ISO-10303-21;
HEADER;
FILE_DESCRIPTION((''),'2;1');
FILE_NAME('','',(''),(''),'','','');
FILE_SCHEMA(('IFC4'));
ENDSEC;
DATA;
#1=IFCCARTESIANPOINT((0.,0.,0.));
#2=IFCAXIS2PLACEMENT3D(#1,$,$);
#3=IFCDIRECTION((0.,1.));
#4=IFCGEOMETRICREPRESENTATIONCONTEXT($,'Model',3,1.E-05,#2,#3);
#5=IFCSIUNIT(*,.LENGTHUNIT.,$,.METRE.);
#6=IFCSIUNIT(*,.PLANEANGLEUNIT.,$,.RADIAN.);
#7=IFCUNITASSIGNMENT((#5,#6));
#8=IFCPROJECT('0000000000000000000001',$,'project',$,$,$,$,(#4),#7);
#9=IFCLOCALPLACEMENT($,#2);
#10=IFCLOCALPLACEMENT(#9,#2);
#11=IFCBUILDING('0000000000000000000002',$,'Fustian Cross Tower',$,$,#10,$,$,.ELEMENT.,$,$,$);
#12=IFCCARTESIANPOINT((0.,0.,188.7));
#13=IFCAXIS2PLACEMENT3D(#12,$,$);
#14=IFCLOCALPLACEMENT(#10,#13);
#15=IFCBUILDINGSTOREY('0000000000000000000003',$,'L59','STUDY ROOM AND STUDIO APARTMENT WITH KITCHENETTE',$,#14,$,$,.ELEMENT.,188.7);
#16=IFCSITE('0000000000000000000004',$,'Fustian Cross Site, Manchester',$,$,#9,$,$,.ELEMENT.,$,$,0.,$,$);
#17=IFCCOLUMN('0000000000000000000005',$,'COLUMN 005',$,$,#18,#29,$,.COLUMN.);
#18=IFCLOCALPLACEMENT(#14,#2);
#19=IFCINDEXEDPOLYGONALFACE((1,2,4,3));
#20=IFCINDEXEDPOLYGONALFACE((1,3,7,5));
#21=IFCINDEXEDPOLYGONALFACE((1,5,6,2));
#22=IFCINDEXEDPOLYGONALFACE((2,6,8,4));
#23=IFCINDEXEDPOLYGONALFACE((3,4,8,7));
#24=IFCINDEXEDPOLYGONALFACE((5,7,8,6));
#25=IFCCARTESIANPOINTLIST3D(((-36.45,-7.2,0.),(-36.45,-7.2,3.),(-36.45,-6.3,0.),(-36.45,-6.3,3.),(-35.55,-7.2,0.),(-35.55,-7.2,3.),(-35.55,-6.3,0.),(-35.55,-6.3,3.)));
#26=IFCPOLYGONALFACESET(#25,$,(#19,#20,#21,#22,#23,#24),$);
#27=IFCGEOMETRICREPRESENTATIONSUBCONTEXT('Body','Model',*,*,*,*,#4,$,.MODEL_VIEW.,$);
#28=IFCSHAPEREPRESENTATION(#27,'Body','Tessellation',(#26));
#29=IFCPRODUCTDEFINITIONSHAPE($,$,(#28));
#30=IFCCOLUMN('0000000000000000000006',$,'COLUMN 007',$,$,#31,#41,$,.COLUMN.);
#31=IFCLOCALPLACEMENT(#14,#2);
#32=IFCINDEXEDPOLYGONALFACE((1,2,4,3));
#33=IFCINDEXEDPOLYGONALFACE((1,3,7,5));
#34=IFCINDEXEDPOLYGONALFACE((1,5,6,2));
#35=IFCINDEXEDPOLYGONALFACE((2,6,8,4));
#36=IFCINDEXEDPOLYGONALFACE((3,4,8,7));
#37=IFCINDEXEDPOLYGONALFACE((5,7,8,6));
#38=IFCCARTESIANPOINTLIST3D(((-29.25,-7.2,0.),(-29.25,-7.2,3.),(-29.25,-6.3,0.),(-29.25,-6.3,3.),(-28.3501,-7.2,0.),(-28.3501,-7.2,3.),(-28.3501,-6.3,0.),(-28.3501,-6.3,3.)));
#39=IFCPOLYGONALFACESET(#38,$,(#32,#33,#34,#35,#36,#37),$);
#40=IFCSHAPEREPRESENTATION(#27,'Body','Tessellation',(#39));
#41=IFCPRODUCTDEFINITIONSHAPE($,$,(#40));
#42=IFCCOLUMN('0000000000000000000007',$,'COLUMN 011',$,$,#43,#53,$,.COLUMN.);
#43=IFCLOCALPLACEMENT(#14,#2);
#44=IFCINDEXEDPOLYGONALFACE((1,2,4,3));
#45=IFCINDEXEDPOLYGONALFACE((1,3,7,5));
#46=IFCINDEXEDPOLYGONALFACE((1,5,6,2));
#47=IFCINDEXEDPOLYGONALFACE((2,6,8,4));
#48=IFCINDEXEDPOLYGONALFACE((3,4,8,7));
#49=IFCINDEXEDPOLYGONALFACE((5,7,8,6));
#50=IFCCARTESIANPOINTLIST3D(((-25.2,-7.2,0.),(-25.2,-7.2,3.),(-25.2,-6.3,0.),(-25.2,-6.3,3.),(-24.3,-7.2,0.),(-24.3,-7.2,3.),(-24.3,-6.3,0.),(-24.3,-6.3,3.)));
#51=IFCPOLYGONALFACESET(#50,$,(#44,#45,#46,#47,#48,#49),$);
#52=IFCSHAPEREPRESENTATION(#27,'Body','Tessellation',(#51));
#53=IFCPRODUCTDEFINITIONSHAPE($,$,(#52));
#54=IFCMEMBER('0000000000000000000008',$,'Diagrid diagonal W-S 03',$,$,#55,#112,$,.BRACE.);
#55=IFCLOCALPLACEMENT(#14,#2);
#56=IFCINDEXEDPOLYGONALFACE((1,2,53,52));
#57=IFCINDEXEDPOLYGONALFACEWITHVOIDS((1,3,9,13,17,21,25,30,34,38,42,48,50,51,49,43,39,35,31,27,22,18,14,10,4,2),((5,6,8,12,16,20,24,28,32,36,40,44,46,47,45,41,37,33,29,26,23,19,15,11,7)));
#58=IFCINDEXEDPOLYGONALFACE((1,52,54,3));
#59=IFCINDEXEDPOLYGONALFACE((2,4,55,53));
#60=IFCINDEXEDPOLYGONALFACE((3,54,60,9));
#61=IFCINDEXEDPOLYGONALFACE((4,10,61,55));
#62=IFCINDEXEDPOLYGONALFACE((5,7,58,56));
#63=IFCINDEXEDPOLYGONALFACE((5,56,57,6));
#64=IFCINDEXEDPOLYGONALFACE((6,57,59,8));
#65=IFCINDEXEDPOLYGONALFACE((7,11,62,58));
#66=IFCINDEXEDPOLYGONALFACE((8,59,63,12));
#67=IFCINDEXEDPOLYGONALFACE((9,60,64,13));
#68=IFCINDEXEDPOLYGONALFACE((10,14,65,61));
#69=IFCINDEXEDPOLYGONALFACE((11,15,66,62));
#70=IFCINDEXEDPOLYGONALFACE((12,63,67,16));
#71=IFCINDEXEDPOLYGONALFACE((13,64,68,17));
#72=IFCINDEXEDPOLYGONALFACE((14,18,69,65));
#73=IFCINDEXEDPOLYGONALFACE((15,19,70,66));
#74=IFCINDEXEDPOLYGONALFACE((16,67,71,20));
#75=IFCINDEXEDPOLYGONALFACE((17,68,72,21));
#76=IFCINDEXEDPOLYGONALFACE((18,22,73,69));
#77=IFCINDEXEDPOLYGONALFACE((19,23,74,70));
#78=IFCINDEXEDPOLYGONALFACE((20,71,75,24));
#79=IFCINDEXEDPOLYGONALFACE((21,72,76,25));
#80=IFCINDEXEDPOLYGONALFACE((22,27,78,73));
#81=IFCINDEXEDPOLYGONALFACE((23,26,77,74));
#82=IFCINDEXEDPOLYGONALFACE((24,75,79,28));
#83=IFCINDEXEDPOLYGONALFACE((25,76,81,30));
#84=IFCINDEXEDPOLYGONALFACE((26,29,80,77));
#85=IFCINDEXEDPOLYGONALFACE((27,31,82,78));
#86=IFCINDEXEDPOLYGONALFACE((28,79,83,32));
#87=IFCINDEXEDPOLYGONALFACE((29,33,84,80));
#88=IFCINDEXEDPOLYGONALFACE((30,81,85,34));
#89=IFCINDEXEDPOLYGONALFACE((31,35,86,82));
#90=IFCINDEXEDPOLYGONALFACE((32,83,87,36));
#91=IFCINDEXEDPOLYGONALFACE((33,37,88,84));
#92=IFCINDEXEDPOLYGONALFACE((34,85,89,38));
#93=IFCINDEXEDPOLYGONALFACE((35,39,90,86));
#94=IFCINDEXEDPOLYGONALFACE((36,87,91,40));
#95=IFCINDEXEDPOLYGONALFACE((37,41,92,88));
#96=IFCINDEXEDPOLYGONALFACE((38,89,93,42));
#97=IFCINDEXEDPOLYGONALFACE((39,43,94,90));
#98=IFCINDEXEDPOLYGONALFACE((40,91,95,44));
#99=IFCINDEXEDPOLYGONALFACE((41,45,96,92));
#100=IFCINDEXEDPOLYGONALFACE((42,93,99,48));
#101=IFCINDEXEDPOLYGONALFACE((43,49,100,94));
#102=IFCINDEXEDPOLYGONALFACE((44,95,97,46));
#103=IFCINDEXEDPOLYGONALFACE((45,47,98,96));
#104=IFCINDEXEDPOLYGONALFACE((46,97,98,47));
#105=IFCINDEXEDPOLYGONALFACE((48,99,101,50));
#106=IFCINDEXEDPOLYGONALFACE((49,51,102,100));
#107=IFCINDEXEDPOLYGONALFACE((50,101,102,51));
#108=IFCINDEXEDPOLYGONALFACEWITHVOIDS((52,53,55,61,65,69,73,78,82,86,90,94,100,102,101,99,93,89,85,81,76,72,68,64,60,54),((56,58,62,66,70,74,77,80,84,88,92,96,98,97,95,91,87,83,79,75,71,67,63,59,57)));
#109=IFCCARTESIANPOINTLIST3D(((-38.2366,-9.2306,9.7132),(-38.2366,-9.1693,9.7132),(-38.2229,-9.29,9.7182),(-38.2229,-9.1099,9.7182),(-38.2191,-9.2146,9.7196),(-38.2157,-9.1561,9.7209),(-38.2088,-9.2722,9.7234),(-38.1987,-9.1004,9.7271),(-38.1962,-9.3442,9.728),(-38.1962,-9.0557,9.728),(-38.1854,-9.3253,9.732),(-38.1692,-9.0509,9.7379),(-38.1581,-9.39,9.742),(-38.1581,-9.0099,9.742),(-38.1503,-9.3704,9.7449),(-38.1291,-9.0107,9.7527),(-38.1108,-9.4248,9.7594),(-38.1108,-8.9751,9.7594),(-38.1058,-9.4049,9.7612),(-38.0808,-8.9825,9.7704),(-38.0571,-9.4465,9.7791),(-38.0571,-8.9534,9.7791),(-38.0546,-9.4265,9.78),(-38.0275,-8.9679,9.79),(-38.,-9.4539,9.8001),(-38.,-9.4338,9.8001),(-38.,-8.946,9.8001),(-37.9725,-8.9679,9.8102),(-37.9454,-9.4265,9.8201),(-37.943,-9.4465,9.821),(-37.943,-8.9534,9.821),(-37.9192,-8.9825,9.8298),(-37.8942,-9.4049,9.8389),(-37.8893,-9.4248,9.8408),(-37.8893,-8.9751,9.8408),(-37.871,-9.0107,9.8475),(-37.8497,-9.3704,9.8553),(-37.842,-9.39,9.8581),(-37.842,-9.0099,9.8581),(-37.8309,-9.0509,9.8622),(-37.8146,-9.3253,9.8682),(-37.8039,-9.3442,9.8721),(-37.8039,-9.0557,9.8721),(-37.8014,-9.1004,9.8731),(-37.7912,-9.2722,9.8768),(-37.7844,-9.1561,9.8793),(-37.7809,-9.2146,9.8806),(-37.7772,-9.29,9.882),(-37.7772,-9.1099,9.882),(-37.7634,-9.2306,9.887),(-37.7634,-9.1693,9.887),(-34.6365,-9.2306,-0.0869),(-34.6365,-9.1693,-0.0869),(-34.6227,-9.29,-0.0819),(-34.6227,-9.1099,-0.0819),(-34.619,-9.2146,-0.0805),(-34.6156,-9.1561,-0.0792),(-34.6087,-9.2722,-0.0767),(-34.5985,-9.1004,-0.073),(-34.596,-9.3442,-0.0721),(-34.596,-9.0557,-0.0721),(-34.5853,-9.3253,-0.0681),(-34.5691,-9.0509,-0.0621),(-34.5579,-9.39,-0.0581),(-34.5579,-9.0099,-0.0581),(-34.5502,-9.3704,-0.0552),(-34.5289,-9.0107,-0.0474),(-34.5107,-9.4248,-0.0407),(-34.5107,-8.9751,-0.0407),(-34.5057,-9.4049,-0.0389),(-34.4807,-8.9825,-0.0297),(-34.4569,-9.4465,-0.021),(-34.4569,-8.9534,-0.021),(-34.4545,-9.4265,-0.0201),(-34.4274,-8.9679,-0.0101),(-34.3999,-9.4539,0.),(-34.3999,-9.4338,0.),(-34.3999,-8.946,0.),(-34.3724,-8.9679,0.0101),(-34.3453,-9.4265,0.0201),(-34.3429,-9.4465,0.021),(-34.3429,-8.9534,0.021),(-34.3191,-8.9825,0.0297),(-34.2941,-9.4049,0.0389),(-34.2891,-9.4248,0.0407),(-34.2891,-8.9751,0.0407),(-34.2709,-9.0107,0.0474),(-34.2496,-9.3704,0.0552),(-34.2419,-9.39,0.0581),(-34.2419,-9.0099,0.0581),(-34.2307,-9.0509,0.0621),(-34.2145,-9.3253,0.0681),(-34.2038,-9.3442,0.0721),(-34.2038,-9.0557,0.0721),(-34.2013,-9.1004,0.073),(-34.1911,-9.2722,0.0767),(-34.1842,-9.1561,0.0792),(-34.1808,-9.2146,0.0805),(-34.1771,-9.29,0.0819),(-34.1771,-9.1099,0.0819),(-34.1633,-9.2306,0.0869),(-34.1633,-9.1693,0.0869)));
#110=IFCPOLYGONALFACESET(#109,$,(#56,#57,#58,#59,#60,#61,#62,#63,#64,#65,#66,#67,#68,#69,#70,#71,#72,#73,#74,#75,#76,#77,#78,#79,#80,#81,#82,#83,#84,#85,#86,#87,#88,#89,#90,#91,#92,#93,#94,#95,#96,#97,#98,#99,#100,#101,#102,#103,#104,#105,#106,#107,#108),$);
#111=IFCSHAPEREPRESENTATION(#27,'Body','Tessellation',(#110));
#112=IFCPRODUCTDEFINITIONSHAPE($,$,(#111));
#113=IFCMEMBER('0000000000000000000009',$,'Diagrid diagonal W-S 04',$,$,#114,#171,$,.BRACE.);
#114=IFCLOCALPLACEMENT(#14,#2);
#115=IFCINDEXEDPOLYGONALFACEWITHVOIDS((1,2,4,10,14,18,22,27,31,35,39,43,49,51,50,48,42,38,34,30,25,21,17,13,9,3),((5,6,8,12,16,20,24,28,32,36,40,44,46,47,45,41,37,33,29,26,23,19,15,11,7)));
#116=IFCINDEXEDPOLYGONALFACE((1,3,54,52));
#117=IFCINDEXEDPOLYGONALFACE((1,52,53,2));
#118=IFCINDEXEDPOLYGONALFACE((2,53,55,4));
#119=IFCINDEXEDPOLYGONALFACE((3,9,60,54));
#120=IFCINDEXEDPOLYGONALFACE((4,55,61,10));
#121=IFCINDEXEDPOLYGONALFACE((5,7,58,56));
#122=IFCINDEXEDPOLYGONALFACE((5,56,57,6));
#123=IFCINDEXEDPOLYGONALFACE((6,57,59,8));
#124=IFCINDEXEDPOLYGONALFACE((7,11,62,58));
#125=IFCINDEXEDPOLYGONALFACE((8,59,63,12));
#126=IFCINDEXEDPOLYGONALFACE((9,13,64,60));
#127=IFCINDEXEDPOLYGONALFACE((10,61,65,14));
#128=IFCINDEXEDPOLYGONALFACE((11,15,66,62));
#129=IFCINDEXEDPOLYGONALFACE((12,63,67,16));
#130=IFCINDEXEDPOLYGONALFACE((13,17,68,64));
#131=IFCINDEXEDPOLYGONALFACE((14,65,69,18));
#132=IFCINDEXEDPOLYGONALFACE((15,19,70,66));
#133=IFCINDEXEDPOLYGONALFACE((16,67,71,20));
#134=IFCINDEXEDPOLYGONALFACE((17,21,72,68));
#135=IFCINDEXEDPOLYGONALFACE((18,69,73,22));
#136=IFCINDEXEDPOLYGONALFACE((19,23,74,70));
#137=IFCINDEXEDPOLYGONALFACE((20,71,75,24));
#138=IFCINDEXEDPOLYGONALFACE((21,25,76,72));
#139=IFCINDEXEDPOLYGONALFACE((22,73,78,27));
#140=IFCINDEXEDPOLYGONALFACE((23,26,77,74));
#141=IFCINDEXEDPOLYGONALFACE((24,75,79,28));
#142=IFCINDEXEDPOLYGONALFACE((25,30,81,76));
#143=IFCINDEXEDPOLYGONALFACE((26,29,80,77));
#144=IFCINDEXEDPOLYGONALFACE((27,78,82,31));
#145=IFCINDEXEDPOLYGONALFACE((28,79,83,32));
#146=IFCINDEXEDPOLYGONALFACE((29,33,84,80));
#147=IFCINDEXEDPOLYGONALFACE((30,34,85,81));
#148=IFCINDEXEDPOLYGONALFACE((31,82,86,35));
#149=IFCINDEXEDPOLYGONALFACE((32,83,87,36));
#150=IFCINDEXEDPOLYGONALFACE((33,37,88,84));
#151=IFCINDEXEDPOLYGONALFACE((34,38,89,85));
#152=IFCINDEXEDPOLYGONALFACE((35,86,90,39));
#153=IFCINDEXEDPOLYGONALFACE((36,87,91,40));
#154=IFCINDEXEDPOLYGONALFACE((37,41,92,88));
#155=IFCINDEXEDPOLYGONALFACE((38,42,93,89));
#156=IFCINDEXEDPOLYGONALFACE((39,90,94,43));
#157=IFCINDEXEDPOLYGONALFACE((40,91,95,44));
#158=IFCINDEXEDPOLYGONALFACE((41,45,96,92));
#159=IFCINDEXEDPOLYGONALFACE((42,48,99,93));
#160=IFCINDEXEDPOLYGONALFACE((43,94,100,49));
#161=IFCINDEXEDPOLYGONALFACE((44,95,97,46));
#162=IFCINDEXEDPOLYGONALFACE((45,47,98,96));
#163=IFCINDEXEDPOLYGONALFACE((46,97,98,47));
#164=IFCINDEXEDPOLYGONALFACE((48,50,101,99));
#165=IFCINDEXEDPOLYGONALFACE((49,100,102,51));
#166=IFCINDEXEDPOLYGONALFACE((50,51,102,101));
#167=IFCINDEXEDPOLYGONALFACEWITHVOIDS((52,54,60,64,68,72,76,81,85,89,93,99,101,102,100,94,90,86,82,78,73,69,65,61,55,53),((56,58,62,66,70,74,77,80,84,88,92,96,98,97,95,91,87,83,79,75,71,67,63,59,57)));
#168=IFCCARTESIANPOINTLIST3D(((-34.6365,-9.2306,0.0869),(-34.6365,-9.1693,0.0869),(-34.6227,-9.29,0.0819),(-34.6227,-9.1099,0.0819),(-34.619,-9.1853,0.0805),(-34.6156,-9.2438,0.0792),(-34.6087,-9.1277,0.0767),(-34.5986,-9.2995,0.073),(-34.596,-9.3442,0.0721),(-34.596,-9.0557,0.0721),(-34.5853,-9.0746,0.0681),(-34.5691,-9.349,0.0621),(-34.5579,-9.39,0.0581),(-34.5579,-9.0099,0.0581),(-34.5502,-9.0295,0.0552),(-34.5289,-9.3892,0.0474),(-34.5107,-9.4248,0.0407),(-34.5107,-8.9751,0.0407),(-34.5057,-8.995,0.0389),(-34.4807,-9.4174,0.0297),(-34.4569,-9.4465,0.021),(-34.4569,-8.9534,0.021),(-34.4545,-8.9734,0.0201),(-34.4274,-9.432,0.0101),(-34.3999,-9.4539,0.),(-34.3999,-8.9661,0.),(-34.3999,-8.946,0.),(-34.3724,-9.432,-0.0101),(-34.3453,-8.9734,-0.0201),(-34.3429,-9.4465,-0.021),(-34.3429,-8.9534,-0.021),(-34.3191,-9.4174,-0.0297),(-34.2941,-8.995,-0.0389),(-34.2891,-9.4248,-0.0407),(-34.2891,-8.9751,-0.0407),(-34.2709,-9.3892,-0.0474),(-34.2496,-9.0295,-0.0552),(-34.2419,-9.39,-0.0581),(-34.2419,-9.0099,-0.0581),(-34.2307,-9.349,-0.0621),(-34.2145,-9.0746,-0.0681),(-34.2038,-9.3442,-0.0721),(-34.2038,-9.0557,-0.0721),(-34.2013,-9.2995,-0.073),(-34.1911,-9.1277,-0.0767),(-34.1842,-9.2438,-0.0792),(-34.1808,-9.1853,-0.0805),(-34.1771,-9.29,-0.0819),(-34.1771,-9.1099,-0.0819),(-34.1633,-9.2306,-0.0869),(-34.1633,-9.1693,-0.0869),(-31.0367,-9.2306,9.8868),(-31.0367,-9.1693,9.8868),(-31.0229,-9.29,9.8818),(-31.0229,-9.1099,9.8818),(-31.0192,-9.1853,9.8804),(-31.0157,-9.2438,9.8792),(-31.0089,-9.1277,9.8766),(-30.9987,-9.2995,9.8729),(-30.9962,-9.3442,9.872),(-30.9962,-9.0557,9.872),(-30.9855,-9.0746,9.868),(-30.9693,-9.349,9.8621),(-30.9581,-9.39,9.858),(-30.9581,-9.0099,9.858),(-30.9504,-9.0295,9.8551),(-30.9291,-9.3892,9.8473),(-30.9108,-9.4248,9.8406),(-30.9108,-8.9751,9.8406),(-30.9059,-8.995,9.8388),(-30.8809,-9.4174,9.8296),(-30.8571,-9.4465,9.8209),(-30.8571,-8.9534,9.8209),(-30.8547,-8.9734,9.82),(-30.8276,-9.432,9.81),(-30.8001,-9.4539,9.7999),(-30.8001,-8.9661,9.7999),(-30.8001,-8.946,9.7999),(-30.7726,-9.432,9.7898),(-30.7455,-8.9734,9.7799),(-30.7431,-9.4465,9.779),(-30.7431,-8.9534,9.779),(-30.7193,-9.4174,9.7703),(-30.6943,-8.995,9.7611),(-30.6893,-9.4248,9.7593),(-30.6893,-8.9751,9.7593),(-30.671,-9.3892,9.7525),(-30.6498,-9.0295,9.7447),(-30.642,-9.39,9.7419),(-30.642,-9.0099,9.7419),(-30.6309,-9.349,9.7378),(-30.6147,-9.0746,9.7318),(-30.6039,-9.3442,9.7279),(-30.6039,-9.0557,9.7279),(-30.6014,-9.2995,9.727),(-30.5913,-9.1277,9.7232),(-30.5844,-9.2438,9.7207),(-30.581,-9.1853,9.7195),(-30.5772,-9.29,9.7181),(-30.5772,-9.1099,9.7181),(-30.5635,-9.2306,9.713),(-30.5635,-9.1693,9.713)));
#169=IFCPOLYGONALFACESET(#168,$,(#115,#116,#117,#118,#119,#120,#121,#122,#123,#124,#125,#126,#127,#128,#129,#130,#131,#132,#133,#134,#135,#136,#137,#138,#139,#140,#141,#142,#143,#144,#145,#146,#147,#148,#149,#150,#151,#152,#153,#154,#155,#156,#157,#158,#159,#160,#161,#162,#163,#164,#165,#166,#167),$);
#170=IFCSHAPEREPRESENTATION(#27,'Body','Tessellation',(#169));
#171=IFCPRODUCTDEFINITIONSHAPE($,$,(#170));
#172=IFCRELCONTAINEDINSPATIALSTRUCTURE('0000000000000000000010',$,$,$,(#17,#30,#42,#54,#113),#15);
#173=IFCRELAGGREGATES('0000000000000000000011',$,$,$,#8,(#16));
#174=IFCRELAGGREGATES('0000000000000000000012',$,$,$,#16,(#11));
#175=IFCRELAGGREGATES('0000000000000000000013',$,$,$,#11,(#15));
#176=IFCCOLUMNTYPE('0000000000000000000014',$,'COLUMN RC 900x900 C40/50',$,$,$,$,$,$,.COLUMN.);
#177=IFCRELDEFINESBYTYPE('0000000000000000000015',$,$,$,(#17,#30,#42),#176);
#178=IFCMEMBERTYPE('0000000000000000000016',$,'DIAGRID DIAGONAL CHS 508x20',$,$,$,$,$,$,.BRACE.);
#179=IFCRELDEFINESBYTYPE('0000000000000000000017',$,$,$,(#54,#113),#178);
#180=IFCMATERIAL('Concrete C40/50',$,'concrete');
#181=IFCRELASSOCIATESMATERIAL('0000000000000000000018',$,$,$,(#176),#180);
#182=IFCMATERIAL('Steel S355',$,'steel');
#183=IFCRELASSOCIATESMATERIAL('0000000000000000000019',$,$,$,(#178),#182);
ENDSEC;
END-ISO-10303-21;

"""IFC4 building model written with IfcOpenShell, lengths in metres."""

from ifc_helpers import new_model, si_unit, direction, frame, origin, origin_2d, place, context, subcontext, project, spatial, rectangle, hollow_circle, extrude, material, material_profile, profile_set, type_object, element, save


model = new_model("IFC4")

# Units and contexts
model_context = context("Model", 3, precision=1e-05, world=origin(), true_north=direction((0.0, 1.0)))
body_context = subcontext(model_context, "Body", "Model", "MODEL_VIEW")
ifc_project = project(units=[si_unit("LENGTHUNIT", "METRE"), si_unit("PLANEANGLEUNIT", "RADIAN")], contexts=[model_context])

# Site, building, storey
site_placement = place(None, origin())
site = spatial("IfcSite", under=ifc_project, at=site_placement, Name="Fustian Cross Site, Manchester", CompositionType="ELEMENT", RefElevation=0.0)
building_placement = place(site_placement, origin())
building = spatial("IfcBuilding", under=site, at=building_placement, Name="Fustian Cross Tower", CompositionType="ELEMENT")
storey_placement = place(building_placement, frame((0.0, 0.0, 188.7)))
storey = spatial("IfcBuildingStorey", under=building, at=storey_placement, Name="L59", Description="STUDY ROOM AND STUDIO APARTMENT WITH KITCHENETTE", CompositionType="ELEMENT", Elevation=188.7)

# Columns
ifc_material_1 = material(Name="Concrete C40/50", Category="concrete")
ifc_material_profile_1 = material_profile(ifc_material_1, rectangle(XDim=0.8999, YDim=0.8999, at=origin_2d()), Name="RC 900x900")
ifc_profile_set_1 = profile_set([ifc_material_profile_1], Name="Concrete C40/50")
column_type = type_object("IfcColumnType", Name="COLUMN RC 900x900 C40/50", PredefinedType="COLUMN", material=ifc_profile_set_1)
for number, where, z_axis, x_axis, name in (
    (1, (-36.0, -6.75, 0.0), (0.0, 0.0, 1.0), (1.0, 0.0, 0.0), "COLUMN 005"),
    (2, (-28.8, -6.75, 0.0), (0.0, 0.0, 1.0), (1.0, 0.0, 0.0), "COLUMN 007"),
    (3, (-24.75, -6.75, 0.0), (0.0, 0.0, 1.0), (1.0, 0.0, 0.0), "COLUMN 011"),
):
    element("IfcColumn", number, at=place(storey_placement, frame(where, z_axis=z_axis, x_axis=x_axis)), inside=storey, type_object=column_type, Name=name, PredefinedType="COLUMN", context=body_context, shape_type="SweptSolid", body=[
        extrude(rectangle(XDim=0.8999, YDim=0.8999, at=origin_2d()), origin(), (0.0, 0.0, 1.0), 3.0),
    ])

# Members
ifc_material_2 = material(Name="Steel S355", Category="steel")
ifc_material_profile_2 = material_profile(ifc_material_2, hollow_circle(Radius=0.2539, WallThickness=0.02, at=origin_2d()), Name="CHS 508x20")
ifc_profile_set_2 = profile_set([ifc_material_profile_2], Name="Steel S355")
member_type = type_object("IfcMemberType", Name="DIAGRID DIAGONAL CHS 508x20", PredefinedType="BRACE", material=ifc_profile_set_2)
member_1_placement = place(storey_placement, frame((-34.3999, -9.2, 0.0), z_axis=(-0.344824, 0.0, 0.938667), x_axis=(0.0, -1.0, 0.0)))
element("IfcMember", 4, at=member_1_placement, inside=storey, type_object=member_type, Name="Diagrid diagonal W-S 03", PredefinedType="BRACE", context=body_context, shape_type="SweptSolid", body=[
    extrude(hollow_circle(Radius=0.2539, WallThickness=0.02, at=origin_2d()), origin(), (0.0, 0.0, 1.0), 10.4404),
])
member_2_placement = place(storey_placement, frame((-34.3999, -9.2, 0.0), z_axis=(0.344804, 0.0, 0.938675), x_axis=(0.0, 1.0, 0.0)))
element("IfcMember", 5, at=member_2_placement, inside=storey, type_object=member_type, Name="Diagrid diagonal W-S 04", PredefinedType="BRACE", context=body_context, shape_type="SweptSolid", body=[
    extrude(hollow_circle(Radius=0.2539, WallThickness=0.02, at=origin_2d()), origin(), (0.0, 0.0, 1.0), 10.4402),
])

save(model, "model.ifc")
